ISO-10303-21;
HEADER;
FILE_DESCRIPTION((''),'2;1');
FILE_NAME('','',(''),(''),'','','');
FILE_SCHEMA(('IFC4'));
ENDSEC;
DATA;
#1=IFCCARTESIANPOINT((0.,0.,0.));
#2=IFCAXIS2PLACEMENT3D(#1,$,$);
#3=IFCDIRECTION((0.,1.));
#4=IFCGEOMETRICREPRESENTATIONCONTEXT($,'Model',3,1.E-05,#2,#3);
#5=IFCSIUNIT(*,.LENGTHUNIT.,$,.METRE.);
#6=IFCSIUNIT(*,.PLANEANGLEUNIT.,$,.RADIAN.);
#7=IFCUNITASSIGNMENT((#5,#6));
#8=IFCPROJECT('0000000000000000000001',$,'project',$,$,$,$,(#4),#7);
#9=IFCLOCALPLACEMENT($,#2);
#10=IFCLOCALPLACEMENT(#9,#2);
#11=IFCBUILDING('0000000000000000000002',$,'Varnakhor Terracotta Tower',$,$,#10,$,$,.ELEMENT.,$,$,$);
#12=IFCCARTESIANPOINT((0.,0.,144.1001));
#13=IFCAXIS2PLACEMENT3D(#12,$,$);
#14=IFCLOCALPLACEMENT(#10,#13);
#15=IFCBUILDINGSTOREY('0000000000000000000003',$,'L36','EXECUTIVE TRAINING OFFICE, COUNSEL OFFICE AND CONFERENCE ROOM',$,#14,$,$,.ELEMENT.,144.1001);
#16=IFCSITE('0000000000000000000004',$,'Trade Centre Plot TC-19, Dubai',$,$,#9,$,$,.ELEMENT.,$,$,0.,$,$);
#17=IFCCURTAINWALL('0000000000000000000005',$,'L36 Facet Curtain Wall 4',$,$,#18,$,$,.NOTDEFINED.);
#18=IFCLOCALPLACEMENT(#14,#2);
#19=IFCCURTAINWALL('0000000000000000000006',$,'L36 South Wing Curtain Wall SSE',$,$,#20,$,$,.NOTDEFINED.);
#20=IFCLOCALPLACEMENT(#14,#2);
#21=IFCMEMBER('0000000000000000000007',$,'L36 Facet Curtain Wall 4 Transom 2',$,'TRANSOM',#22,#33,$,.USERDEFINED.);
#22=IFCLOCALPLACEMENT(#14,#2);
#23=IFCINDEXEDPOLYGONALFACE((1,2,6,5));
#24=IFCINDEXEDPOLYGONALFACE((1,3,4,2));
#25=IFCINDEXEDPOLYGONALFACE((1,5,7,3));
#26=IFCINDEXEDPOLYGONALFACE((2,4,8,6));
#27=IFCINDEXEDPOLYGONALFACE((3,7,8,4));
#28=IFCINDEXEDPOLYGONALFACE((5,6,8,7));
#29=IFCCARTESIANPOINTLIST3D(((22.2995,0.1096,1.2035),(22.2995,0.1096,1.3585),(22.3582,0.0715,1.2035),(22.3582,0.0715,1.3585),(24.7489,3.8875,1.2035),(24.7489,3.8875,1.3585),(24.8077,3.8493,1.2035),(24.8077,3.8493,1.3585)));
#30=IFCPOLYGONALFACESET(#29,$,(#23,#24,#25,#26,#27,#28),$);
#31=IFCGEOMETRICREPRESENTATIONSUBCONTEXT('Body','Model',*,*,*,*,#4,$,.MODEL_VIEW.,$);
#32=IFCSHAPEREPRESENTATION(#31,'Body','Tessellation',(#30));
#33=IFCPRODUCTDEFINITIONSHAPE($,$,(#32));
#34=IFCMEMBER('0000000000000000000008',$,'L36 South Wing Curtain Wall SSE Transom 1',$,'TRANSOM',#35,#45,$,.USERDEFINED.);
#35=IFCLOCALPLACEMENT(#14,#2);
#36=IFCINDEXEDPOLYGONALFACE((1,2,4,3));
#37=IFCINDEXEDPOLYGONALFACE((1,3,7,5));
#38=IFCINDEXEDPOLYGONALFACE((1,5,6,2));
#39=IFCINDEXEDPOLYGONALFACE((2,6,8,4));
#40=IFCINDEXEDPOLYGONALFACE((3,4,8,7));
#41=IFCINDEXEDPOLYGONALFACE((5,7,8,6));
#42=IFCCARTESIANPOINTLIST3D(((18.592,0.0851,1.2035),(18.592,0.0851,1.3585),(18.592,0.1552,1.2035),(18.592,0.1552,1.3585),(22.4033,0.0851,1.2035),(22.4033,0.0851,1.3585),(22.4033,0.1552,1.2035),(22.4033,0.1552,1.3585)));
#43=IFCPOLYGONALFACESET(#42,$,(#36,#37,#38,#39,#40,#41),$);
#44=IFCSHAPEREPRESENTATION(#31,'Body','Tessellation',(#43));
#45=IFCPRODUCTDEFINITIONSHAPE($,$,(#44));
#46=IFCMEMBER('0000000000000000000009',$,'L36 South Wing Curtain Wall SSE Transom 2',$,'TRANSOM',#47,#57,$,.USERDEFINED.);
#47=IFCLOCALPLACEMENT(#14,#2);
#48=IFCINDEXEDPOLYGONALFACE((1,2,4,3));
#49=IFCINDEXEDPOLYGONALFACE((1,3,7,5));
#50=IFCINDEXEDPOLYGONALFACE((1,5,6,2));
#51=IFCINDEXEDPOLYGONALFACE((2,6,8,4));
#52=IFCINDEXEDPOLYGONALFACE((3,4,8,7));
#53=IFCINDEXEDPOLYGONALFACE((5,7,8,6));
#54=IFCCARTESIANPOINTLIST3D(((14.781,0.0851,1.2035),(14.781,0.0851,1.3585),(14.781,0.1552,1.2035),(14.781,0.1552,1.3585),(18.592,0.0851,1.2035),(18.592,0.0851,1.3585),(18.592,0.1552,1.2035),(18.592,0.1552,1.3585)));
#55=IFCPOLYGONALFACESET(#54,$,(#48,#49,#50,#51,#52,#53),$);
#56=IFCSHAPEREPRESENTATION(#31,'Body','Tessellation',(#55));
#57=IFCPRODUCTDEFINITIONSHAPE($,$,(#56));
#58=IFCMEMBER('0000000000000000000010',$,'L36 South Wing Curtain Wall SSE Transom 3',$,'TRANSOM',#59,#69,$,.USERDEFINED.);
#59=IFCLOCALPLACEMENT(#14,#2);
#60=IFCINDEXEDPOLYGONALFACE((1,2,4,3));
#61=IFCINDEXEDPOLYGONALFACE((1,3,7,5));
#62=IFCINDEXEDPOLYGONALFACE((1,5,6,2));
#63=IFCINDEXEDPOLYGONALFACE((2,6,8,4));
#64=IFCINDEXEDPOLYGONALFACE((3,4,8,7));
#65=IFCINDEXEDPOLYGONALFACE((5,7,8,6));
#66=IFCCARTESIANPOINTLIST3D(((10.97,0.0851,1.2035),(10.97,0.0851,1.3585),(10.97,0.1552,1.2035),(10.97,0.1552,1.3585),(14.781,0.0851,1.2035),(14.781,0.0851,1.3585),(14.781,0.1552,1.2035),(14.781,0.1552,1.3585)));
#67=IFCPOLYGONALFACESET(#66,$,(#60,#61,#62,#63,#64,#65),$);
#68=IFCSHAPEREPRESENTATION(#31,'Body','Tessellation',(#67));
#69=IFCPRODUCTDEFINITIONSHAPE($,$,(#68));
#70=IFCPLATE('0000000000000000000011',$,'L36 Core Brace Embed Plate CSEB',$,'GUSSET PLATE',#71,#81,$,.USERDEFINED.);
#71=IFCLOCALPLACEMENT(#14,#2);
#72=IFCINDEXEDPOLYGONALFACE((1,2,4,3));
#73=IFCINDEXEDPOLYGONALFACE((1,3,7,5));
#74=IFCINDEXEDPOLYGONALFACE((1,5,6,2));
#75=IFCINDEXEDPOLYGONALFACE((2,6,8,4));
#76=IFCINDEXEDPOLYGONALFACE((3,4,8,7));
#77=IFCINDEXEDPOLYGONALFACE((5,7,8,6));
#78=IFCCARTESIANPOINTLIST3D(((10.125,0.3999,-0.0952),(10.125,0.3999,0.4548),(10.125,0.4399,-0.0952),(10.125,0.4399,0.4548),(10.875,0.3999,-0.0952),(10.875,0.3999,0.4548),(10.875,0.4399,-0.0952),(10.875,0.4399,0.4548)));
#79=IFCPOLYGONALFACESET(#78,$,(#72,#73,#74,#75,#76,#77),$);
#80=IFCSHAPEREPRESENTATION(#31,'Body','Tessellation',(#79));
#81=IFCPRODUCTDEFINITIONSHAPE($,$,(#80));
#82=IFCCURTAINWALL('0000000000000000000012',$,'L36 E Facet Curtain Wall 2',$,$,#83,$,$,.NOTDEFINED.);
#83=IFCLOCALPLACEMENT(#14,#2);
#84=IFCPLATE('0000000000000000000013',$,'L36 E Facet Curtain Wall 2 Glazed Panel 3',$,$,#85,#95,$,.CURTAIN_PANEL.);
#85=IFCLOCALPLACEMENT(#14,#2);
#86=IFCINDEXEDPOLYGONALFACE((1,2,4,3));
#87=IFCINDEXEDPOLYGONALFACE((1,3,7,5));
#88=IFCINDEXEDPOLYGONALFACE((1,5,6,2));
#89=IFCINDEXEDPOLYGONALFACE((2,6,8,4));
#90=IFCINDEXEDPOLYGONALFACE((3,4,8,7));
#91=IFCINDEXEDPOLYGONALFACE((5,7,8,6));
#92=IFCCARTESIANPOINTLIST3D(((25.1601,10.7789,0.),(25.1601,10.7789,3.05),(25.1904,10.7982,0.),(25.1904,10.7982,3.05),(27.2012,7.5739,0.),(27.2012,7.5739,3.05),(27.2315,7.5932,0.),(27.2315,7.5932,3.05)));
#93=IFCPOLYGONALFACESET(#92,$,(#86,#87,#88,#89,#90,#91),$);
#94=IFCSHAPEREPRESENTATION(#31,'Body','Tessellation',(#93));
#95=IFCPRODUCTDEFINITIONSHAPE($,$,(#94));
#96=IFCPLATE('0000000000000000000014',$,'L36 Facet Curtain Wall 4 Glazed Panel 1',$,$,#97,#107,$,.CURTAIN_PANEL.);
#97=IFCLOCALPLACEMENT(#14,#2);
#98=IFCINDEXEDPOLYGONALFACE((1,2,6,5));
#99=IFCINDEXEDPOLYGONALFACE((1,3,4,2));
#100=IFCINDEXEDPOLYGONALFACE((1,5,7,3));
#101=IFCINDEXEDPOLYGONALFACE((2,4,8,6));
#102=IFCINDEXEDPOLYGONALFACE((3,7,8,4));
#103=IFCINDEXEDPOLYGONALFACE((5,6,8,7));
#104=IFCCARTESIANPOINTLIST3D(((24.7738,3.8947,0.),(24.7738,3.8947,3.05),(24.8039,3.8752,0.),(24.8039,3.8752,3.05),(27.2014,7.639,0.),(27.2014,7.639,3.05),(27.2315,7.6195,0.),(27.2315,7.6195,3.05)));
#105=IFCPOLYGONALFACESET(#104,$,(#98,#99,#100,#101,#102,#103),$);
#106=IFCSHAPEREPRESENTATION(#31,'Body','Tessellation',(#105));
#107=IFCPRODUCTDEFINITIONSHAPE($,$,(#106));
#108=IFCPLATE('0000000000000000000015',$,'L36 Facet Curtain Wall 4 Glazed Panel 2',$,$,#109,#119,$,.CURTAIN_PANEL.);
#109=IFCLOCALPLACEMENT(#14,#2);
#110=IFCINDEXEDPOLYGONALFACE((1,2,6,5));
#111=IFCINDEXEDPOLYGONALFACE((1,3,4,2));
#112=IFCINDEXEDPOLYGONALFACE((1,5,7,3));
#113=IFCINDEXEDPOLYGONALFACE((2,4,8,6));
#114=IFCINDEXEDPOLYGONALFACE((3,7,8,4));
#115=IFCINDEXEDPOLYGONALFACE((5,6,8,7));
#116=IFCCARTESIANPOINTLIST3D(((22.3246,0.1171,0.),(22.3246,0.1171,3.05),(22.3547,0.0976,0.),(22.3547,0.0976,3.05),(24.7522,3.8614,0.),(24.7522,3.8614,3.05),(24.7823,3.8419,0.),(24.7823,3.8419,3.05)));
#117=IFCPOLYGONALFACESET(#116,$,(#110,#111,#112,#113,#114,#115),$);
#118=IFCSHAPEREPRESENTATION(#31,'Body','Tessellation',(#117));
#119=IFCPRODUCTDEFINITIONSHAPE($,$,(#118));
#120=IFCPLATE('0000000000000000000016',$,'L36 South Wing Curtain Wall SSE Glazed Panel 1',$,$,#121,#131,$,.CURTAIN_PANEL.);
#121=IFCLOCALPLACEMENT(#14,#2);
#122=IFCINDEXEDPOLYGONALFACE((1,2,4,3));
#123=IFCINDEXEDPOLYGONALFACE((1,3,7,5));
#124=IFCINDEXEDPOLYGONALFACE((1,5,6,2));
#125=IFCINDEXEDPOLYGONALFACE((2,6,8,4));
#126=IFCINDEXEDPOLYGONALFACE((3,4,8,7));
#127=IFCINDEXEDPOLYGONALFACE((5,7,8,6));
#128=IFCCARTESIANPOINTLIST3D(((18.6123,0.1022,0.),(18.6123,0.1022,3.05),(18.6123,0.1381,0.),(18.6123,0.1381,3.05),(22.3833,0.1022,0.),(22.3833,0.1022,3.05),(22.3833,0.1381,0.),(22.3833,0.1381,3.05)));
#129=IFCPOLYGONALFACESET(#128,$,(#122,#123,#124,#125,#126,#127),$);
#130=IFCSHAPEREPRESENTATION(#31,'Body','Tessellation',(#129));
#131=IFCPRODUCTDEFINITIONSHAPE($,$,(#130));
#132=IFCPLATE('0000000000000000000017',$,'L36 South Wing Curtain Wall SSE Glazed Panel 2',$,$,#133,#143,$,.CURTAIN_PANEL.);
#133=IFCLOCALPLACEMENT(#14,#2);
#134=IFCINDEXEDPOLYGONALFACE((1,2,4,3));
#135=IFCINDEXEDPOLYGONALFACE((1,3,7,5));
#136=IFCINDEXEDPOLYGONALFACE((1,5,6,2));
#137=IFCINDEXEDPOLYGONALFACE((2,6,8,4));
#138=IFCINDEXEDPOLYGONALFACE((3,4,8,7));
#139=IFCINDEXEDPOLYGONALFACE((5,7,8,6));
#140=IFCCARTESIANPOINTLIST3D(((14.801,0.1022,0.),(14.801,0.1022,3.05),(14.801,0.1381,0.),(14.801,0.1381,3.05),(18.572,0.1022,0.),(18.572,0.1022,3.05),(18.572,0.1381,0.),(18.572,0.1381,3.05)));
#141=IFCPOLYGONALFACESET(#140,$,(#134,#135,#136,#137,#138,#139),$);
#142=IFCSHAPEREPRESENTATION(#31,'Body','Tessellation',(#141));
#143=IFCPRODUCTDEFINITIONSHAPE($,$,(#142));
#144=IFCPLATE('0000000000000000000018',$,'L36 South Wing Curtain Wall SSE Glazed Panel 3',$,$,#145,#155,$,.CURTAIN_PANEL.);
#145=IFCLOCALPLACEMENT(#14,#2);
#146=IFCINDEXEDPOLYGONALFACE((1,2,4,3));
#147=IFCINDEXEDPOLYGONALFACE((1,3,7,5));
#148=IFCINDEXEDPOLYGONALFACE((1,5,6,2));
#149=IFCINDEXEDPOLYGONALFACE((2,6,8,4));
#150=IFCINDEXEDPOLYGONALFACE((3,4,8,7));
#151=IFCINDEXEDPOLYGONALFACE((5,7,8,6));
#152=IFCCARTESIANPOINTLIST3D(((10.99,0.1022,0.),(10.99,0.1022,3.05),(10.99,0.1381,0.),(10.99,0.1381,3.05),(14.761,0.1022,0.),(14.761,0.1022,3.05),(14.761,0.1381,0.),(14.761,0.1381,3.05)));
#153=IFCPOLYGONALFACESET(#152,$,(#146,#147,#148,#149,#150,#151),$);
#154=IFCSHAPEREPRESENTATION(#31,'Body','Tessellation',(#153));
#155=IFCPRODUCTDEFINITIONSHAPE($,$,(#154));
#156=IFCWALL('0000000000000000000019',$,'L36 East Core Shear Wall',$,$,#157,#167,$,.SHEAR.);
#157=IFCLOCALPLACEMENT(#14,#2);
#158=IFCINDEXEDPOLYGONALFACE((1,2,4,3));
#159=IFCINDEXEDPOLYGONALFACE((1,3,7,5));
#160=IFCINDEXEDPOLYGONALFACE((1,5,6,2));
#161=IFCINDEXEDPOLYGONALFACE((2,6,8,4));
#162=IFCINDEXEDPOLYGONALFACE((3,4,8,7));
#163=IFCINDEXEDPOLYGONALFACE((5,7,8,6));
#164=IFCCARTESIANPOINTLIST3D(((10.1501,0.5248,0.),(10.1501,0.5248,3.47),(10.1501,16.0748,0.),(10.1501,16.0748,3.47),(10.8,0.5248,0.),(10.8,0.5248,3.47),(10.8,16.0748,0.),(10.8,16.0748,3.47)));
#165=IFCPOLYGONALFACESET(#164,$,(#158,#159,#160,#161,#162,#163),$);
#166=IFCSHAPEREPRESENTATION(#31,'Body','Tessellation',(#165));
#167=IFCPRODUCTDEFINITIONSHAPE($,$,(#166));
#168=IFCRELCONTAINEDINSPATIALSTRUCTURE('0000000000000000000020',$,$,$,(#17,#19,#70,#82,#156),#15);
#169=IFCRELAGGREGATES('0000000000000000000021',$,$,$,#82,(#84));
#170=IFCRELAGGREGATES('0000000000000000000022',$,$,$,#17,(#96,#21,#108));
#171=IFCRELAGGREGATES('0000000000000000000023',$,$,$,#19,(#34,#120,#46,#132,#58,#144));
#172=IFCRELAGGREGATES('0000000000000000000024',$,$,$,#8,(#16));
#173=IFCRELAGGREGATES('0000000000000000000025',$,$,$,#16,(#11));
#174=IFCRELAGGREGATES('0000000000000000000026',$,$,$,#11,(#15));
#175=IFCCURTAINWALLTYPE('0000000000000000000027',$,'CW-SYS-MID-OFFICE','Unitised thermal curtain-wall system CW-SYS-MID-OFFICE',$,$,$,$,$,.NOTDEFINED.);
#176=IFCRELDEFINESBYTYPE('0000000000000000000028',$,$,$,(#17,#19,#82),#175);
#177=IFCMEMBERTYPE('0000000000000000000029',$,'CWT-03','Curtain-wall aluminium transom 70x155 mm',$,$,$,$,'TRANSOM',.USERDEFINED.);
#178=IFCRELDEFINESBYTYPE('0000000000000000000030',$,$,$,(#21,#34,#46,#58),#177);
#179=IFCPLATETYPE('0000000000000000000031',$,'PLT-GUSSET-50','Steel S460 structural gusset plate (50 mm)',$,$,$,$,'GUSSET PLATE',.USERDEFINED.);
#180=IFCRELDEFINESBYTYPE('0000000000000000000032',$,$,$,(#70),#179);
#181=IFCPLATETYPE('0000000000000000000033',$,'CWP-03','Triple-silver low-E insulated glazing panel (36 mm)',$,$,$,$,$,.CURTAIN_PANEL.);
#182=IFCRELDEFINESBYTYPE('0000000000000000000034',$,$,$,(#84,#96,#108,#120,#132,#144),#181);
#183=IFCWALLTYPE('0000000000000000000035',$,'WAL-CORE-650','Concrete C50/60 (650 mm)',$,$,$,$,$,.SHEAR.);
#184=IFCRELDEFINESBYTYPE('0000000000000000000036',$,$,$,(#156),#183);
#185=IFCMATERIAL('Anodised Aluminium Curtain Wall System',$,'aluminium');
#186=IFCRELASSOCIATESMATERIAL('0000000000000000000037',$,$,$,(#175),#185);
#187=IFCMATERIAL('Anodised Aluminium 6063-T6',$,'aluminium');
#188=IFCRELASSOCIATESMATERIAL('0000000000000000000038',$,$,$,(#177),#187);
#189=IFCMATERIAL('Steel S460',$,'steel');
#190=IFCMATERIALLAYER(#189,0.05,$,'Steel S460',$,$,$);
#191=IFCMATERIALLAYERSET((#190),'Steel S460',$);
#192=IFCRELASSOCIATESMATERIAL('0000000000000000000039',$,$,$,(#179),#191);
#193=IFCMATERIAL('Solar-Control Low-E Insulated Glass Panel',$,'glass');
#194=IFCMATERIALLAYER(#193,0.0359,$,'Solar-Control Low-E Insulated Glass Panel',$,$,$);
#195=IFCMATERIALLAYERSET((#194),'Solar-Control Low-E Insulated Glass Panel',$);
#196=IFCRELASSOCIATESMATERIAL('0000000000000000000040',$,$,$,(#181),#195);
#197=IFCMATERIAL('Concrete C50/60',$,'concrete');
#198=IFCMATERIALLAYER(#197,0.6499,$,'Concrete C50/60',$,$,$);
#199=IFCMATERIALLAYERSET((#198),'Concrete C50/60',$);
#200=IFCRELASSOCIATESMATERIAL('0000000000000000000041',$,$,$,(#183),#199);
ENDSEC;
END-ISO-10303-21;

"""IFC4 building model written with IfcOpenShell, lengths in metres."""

from ifc_helpers import new_model, si_unit, direction, frame, frame_2d, origin, origin_2d, place, context, subcontext, project, spatial, rectangle, extrude, source, transform, mapped, material, layer, layer_set, material_profile, profile_set, type_object, type_shapes, element, aggregate, save


model = new_model("IFC4")

# Units and contexts
model_context = context("Model", 3, precision=1e-05, world=origin(), true_north=direction((0.0, 1.0)))
body_context = subcontext(model_context, "Body", "Model", "MODEL_VIEW")
ifc_project = project(units=[si_unit("LENGTHUNIT", "METRE"), si_unit("PLANEANGLEUNIT", "RADIAN")], contexts=[model_context])

# Site, building, storey
site_placement = place(None, origin())
site = spatial("IfcSite", under=ifc_project, at=site_placement, Name="Trade Centre Plot TC-19, Dubai", CompositionType="ELEMENT", RefElevation=0.0)
building_placement = place(site_placement, origin())
building = spatial("IfcBuilding", under=site, at=building_placement, Name="Varnakhor Terracotta Tower", CompositionType="ELEMENT")
storey_placement = place(building_placement, frame((0.0, 0.0, 144.1001)))
storey = spatial("IfcBuildingStorey", under=building, at=storey_placement, Name="L36", Description="EXECUTIVE TRAINING OFFICE, COUNSEL OFFICE AND CONFERENCE ROOM", CompositionType="ELEMENT", Elevation=144.1001)

# Shared definitions
ifc_material_1 = material(Name="Concrete C50/60", Category="concrete")
ifc_material_2 = material(Name="Steel S460", Category="steel")

# Curtain walls
ifc_material_3 = material(Name="Anodised Aluminium Curtain Wall System", Category="aluminium")
curtain_wall_type = type_object("IfcCurtainWallType", Name="CW-SYS-MID-OFFICE", Description="Unitised thermal curtain-wall system CW-SYS-MID-OFFICE", PredefinedType="NOTDEFINED", material=ifc_material_3)
curtain_wall_1_placement = place(storey_placement, origin())
curtain_wall_1 = element("IfcCurtainWall", 1, at=curtain_wall_1_placement, inside=storey, type_object=curtain_wall_type, Name="L36 Facet Curtain Wall 4", PredefinedType="NOTDEFINED")
ifc_material_4 = material(Name="Anodised Aluminium 6063-T6", Category="aluminium")
curtain_wall_2_placement = place(storey_placement, origin())
curtain_wall_2 = element("IfcCurtainWall", 2, at=curtain_wall_2_placement, inside=storey, type_object=curtain_wall_type, Name="L36 South Wing Curtain Wall SSE", PredefinedType="NOTDEFINED")

# Members
ifc_material_profile_1 = material_profile(ifc_material_4, rectangle(XDim=0.0701, YDim=0.155, at=origin_2d()), Name="ALU TRANSOM 70x155")
ifc_profile_set_1 = profile_set([ifc_material_profile_1], Name="Anodised Aluminium 6063-T6")
member_type_1 = type_object("IfcMemberType", Name="CWT-03", Description="Curtain-wall aluminium transom 70x155 mm", ElementType="TRANSOM", PredefinedType="USERDEFINED", material=ifc_profile_set_1)
shared_shape_1 = source(origin(), body_context, "Body", "SweptSolid", [
    extrude(rectangle(XDim=0.0701, YDim=0.155, at=origin_2d()), origin(), (0.0, 0.0, 1.0), 4.5024),
])
member_1_placement = place(storey_placement, frame((24.7783, 3.8684, 1.281), z_axis=(-0.544031, -0.839065, 0.0), x_axis=(0.839065, -0.544031, 0.0)))
member_1 = element("IfcMember", 3, at=member_1_placement, type_object=member_type_1, Name="L36 Facet Curtain Wall 4 Transom 2", ObjectType="TRANSOM", PredefinedType="USERDEFINED", context=body_context, shape_type="MappedRepresentation", body=[
    mapped(shared_shape_1, transform((0.0, 0.0, 0.0), scale=1.0)),
])
shared_shape_2 = source(origin(), body_context, "Body", "SweptSolid", [
    extrude(rectangle(XDim=0.0701, YDim=0.155, at=origin_2d()), origin(), (0.0, 0.0, 1.0), 3.8113),
])
member_2_placement = place(storey_placement, frame((22.4033, 0.1201, 1.281), z_axis=(-1.0, 0.0, 0.0), x_axis=(0.0, -1.0, 0.0)))
member_2 = element("IfcMember", 4, at=member_2_placement, type_object=member_type_1, Name="L36 South Wing Curtain Wall SSE Transom 1", ObjectType="TRANSOM", PredefinedType="USERDEFINED", context=body_context, shape_type="MappedRepresentation", body=[
    mapped(shared_shape_2, transform((0.0, 0.0, 0.0), scale=1.0)),
])
shared_shape_3 = source(origin(), body_context, "Body", "SweptSolid", [
    extrude(rectangle(XDim=0.0701, YDim=0.155, at=origin_2d()), origin(), (0.0, 0.0, 1.0), 3.811),
])
member_3_placement = place(storey_placement, frame((18.592, 0.1201, 1.281), z_axis=(-1.0, 0.0, 0.0), x_axis=(0.0, -1.0, 0.0)))
member_3 = element("IfcMember", 5, at=member_3_placement, type_object=member_type_1, Name="L36 South Wing Curtain Wall SSE Transom 2", ObjectType="TRANSOM", PredefinedType="USERDEFINED", context=body_context, shape_type="MappedRepresentation", body=[
    mapped(shared_shape_3, transform((0.0, 0.0, 0.0), scale=1.0)),
])
member_4_placement = place(storey_placement, frame((14.781, 0.1201, 1.281), z_axis=(-1.0, 0.0, 0.0), x_axis=(0.0, -1.0, 0.0)))
member_4 = element("IfcMember", 6, at=member_4_placement, type_object=member_type_1, Name="L36 South Wing Curtain Wall SSE Transom 3", ObjectType="TRANSOM", PredefinedType="USERDEFINED", context=body_context, shape_type="MappedRepresentation", body=[
    mapped(shared_shape_3, transform((0.0, 0.0, 0.0), scale=1.0)),
])

# Plate
ifc_layer_1 = layer(ifc_material_2, 0.05, Name="Steel S460")
ifc_layer_set_1 = layer_set([ifc_layer_1], Name="Steel S460")
plate_type_1 = type_object("IfcPlateType", Name="PLT-GUSSET-50", Description="Steel S460 structural gusset plate (50 mm)", ElementType="GUSSET PLATE", PredefinedType="USERDEFINED", material=ifc_layer_set_1)
shared_shape_4 = source(origin(), body_context, "Body", "SweptSolid", [
    extrude(rectangle(XDim=0.75, YDim=0.04, at=origin_2d()), origin(), (0.0, 0.0, 1.0), 0.55),
])
type_shapes(plate_type_1, [shared_shape_4])
plate_1_placement = place(storey_placement, frame((10.5, 0.4199, -0.0952), z_axis=(0.0, 0.0, 1.0), x_axis=(1.0, 0.0, 0.0)))
element("IfcPlate", 7, at=plate_1_placement, inside=storey, type_object=plate_type_1, Name="L36 Core Brace Embed Plate CSEB", ObjectType="GUSSET PLATE", PredefinedType="USERDEFINED", context=body_context, shape_type="MappedRepresentation", body=[
    mapped(shared_shape_4, transform((0.0, 0.0, 0.0), scale=1.0)),
])

# Curtain wall, plate
curtain_wall_3_placement = place(storey_placement, origin())
curtain_wall_3 = element("IfcCurtainWall", 8, at=curtain_wall_3_placement, inside=storey, type_object=curtain_wall_type, Name="L36 E Facet Curtain Wall 2", PredefinedType="NOTDEFINED")
ifc_material_5 = material(Name="Solar-Control Low-E Insulated Glass Panel", Category="glass")
ifc_layer_2 = layer(ifc_material_5, 0.0359, Name="Solar-Control Low-E Insulated Glass Panel")
ifc_layer_set_2 = layer_set([ifc_layer_2], Name="Solar-Control Low-E Insulated Glass Panel")
plate_type_2 = type_object("IfcPlateType", Name="CWP-03", Description="Triple-silver low-E insulated glazing panel (36 mm)", PredefinedType="CURTAIN_PANEL", material=ifc_layer_set_2)
shared_shape_5 = source(origin(), body_context, "Body", "SweptSolid", [
    extrude(rectangle(XDim=3.7998, YDim=0.0359, at=origin_2d()), origin(), (0.0, 0.0, 1.0), 3.05),
])
plate_2_placement = place(storey_placement, frame((26.1958, 9.186, 0.0), z_axis=(0.0, 0.0, 1.0), x_axis=(0.537167, -0.843476, 0.0)))
plate_2 = element("IfcPlate", 9, at=plate_2_placement, type_object=plate_type_2, Name="L36 E Facet Curtain Wall 2 Glazed Panel 3", PredefinedType="CURTAIN_PANEL", context=body_context, shape_type="MappedRepresentation", body=[
    mapped(shared_shape_5, transform((0.0, 0.0, 0.0), scale=1.0)),
])
aggregate(curtain_wall_3, [plate_2])

# Plates
shared_shape_6 = source(origin(), body_context, "Body", "SweptSolid", [
    extrude(rectangle(XDim=4.4624, YDim=0.0359, at=origin_2d()), origin(), (0.0, 0.0, 1.0), 3.05),
])
plate_3_placement = place(storey_placement, frame((26.0027, 5.7571, 0.0), z_axis=(0.0, 0.0, 1.0), x_axis=(-0.544009, -0.839079, 0.0)))
plate_3 = element("IfcPlate", 10, at=plate_3_placement, type_object=plate_type_2, Name="L36 Facet Curtain Wall 4 Glazed Panel 1", PredefinedType="CURTAIN_PANEL", context=body_context, shape_type="MappedRepresentation", body=[
    mapped(shared_shape_6, transform((0.0, 0.0, 0.0), scale=1.0)),
])
plate_4_placement = place(storey_placement, frame((23.5535, 1.9795, 0.0), z_axis=(0.0, 0.0, 1.0), x_axis=(-0.544009, -0.839079, 0.0)))
plate_4 = element("IfcPlate", 11, at=plate_4_placement, type_object=plate_type_2, Name="L36 Facet Curtain Wall 4 Glazed Panel 2", PredefinedType="CURTAIN_PANEL", context=body_context, shape_type="MappedRepresentation", body=[
    mapped(shared_shape_6, transform((0.0, 0.0, 0.0), scale=1.0)),
])
aggregate(curtain_wall_1, [plate_3, member_1, plate_4])
shared_shape_7 = source(origin(), body_context, "Body", "SweptSolid", [
    extrude(rectangle(XDim=3.771, YDim=0.0359, at=origin_2d()), origin(), (0.0, 0.0, 1.0), 3.05),
])
plate_5_placement = place(storey_placement, frame((20.4978, 0.1201, 0.0), z_axis=(0.0, 0.0, 1.0), x_axis=(-1.0, 0.0, 0.0)))
plate_5 = element("IfcPlate", 12, at=plate_5_placement, type_object=plate_type_2, Name="L36 South Wing Curtain Wall SSE Glazed Panel 1", PredefinedType="CURTAIN_PANEL", context=body_context, shape_type="MappedRepresentation", body=[
    mapped(shared_shape_7, transform((0.0, 0.0, 0.0), scale=1.0)),
])
plate_6_placement = place(storey_placement, frame((16.6865, 0.1201, 0.0), z_axis=(0.0, 0.0, 1.0), x_axis=(-1.0, 0.0, 0.0)))
plate_6 = element("IfcPlate", 13, at=plate_6_placement, type_object=plate_type_2, Name="L36 South Wing Curtain Wall SSE Glazed Panel 2", PredefinedType="CURTAIN_PANEL", context=body_context, shape_type="MappedRepresentation", body=[
    mapped(shared_shape_7, transform((0.0, 0.0, 0.0), scale=1.0)),
])
plate_7_placement = place(storey_placement, frame((12.8755, 0.1201, 0.0), z_axis=(0.0, 0.0, 1.0), x_axis=(-1.0, 0.0, 0.0)))
plate_7 = element("IfcPlate", 14, at=plate_7_placement, type_object=plate_type_2, Name="L36 South Wing Curtain Wall SSE Glazed Panel 3", PredefinedType="CURTAIN_PANEL", context=body_context, shape_type="MappedRepresentation", body=[
    mapped(shared_shape_7, transform((0.0, 0.0, 0.0), scale=1.0)),
])
aggregate(curtain_wall_2, [member_2, plate_5, member_3, plate_6, member_4, plate_7])

# Wall
ifc_layer_3 = layer(ifc_material_1, 0.6499, Name="Concrete C50/60")
ifc_layer_set_3 = layer_set([ifc_layer_3], Name="Concrete C50/60")
wall_type_1 = type_object("IfcWallType", Name="WAL-CORE-650", Description="Concrete C50/60 (650 mm)", PredefinedType="SHEAR", material=ifc_layer_set_3)
wall_1_placement = place(storey_placement, frame((10.4751, 0.5249, 0.0), z_axis=(0.0, 0.0, 1.0), x_axis=(0.0, 1.0, 0.0)))
element("IfcWall", 15, at=wall_1_placement, inside=storey, type_object=wall_type_1, Name="L36 East Core Shear Wall", PredefinedType="SHEAR", context=body_context, shape_type="SweptSolid", body=[
    extrude(rectangle(XDim=15.55, YDim=0.6499, at=frame_2d((7.7749, 0.0))), origin(), (0.0, 0.0, 1.0), 3.47),
])

save(model, "model.ifc")
